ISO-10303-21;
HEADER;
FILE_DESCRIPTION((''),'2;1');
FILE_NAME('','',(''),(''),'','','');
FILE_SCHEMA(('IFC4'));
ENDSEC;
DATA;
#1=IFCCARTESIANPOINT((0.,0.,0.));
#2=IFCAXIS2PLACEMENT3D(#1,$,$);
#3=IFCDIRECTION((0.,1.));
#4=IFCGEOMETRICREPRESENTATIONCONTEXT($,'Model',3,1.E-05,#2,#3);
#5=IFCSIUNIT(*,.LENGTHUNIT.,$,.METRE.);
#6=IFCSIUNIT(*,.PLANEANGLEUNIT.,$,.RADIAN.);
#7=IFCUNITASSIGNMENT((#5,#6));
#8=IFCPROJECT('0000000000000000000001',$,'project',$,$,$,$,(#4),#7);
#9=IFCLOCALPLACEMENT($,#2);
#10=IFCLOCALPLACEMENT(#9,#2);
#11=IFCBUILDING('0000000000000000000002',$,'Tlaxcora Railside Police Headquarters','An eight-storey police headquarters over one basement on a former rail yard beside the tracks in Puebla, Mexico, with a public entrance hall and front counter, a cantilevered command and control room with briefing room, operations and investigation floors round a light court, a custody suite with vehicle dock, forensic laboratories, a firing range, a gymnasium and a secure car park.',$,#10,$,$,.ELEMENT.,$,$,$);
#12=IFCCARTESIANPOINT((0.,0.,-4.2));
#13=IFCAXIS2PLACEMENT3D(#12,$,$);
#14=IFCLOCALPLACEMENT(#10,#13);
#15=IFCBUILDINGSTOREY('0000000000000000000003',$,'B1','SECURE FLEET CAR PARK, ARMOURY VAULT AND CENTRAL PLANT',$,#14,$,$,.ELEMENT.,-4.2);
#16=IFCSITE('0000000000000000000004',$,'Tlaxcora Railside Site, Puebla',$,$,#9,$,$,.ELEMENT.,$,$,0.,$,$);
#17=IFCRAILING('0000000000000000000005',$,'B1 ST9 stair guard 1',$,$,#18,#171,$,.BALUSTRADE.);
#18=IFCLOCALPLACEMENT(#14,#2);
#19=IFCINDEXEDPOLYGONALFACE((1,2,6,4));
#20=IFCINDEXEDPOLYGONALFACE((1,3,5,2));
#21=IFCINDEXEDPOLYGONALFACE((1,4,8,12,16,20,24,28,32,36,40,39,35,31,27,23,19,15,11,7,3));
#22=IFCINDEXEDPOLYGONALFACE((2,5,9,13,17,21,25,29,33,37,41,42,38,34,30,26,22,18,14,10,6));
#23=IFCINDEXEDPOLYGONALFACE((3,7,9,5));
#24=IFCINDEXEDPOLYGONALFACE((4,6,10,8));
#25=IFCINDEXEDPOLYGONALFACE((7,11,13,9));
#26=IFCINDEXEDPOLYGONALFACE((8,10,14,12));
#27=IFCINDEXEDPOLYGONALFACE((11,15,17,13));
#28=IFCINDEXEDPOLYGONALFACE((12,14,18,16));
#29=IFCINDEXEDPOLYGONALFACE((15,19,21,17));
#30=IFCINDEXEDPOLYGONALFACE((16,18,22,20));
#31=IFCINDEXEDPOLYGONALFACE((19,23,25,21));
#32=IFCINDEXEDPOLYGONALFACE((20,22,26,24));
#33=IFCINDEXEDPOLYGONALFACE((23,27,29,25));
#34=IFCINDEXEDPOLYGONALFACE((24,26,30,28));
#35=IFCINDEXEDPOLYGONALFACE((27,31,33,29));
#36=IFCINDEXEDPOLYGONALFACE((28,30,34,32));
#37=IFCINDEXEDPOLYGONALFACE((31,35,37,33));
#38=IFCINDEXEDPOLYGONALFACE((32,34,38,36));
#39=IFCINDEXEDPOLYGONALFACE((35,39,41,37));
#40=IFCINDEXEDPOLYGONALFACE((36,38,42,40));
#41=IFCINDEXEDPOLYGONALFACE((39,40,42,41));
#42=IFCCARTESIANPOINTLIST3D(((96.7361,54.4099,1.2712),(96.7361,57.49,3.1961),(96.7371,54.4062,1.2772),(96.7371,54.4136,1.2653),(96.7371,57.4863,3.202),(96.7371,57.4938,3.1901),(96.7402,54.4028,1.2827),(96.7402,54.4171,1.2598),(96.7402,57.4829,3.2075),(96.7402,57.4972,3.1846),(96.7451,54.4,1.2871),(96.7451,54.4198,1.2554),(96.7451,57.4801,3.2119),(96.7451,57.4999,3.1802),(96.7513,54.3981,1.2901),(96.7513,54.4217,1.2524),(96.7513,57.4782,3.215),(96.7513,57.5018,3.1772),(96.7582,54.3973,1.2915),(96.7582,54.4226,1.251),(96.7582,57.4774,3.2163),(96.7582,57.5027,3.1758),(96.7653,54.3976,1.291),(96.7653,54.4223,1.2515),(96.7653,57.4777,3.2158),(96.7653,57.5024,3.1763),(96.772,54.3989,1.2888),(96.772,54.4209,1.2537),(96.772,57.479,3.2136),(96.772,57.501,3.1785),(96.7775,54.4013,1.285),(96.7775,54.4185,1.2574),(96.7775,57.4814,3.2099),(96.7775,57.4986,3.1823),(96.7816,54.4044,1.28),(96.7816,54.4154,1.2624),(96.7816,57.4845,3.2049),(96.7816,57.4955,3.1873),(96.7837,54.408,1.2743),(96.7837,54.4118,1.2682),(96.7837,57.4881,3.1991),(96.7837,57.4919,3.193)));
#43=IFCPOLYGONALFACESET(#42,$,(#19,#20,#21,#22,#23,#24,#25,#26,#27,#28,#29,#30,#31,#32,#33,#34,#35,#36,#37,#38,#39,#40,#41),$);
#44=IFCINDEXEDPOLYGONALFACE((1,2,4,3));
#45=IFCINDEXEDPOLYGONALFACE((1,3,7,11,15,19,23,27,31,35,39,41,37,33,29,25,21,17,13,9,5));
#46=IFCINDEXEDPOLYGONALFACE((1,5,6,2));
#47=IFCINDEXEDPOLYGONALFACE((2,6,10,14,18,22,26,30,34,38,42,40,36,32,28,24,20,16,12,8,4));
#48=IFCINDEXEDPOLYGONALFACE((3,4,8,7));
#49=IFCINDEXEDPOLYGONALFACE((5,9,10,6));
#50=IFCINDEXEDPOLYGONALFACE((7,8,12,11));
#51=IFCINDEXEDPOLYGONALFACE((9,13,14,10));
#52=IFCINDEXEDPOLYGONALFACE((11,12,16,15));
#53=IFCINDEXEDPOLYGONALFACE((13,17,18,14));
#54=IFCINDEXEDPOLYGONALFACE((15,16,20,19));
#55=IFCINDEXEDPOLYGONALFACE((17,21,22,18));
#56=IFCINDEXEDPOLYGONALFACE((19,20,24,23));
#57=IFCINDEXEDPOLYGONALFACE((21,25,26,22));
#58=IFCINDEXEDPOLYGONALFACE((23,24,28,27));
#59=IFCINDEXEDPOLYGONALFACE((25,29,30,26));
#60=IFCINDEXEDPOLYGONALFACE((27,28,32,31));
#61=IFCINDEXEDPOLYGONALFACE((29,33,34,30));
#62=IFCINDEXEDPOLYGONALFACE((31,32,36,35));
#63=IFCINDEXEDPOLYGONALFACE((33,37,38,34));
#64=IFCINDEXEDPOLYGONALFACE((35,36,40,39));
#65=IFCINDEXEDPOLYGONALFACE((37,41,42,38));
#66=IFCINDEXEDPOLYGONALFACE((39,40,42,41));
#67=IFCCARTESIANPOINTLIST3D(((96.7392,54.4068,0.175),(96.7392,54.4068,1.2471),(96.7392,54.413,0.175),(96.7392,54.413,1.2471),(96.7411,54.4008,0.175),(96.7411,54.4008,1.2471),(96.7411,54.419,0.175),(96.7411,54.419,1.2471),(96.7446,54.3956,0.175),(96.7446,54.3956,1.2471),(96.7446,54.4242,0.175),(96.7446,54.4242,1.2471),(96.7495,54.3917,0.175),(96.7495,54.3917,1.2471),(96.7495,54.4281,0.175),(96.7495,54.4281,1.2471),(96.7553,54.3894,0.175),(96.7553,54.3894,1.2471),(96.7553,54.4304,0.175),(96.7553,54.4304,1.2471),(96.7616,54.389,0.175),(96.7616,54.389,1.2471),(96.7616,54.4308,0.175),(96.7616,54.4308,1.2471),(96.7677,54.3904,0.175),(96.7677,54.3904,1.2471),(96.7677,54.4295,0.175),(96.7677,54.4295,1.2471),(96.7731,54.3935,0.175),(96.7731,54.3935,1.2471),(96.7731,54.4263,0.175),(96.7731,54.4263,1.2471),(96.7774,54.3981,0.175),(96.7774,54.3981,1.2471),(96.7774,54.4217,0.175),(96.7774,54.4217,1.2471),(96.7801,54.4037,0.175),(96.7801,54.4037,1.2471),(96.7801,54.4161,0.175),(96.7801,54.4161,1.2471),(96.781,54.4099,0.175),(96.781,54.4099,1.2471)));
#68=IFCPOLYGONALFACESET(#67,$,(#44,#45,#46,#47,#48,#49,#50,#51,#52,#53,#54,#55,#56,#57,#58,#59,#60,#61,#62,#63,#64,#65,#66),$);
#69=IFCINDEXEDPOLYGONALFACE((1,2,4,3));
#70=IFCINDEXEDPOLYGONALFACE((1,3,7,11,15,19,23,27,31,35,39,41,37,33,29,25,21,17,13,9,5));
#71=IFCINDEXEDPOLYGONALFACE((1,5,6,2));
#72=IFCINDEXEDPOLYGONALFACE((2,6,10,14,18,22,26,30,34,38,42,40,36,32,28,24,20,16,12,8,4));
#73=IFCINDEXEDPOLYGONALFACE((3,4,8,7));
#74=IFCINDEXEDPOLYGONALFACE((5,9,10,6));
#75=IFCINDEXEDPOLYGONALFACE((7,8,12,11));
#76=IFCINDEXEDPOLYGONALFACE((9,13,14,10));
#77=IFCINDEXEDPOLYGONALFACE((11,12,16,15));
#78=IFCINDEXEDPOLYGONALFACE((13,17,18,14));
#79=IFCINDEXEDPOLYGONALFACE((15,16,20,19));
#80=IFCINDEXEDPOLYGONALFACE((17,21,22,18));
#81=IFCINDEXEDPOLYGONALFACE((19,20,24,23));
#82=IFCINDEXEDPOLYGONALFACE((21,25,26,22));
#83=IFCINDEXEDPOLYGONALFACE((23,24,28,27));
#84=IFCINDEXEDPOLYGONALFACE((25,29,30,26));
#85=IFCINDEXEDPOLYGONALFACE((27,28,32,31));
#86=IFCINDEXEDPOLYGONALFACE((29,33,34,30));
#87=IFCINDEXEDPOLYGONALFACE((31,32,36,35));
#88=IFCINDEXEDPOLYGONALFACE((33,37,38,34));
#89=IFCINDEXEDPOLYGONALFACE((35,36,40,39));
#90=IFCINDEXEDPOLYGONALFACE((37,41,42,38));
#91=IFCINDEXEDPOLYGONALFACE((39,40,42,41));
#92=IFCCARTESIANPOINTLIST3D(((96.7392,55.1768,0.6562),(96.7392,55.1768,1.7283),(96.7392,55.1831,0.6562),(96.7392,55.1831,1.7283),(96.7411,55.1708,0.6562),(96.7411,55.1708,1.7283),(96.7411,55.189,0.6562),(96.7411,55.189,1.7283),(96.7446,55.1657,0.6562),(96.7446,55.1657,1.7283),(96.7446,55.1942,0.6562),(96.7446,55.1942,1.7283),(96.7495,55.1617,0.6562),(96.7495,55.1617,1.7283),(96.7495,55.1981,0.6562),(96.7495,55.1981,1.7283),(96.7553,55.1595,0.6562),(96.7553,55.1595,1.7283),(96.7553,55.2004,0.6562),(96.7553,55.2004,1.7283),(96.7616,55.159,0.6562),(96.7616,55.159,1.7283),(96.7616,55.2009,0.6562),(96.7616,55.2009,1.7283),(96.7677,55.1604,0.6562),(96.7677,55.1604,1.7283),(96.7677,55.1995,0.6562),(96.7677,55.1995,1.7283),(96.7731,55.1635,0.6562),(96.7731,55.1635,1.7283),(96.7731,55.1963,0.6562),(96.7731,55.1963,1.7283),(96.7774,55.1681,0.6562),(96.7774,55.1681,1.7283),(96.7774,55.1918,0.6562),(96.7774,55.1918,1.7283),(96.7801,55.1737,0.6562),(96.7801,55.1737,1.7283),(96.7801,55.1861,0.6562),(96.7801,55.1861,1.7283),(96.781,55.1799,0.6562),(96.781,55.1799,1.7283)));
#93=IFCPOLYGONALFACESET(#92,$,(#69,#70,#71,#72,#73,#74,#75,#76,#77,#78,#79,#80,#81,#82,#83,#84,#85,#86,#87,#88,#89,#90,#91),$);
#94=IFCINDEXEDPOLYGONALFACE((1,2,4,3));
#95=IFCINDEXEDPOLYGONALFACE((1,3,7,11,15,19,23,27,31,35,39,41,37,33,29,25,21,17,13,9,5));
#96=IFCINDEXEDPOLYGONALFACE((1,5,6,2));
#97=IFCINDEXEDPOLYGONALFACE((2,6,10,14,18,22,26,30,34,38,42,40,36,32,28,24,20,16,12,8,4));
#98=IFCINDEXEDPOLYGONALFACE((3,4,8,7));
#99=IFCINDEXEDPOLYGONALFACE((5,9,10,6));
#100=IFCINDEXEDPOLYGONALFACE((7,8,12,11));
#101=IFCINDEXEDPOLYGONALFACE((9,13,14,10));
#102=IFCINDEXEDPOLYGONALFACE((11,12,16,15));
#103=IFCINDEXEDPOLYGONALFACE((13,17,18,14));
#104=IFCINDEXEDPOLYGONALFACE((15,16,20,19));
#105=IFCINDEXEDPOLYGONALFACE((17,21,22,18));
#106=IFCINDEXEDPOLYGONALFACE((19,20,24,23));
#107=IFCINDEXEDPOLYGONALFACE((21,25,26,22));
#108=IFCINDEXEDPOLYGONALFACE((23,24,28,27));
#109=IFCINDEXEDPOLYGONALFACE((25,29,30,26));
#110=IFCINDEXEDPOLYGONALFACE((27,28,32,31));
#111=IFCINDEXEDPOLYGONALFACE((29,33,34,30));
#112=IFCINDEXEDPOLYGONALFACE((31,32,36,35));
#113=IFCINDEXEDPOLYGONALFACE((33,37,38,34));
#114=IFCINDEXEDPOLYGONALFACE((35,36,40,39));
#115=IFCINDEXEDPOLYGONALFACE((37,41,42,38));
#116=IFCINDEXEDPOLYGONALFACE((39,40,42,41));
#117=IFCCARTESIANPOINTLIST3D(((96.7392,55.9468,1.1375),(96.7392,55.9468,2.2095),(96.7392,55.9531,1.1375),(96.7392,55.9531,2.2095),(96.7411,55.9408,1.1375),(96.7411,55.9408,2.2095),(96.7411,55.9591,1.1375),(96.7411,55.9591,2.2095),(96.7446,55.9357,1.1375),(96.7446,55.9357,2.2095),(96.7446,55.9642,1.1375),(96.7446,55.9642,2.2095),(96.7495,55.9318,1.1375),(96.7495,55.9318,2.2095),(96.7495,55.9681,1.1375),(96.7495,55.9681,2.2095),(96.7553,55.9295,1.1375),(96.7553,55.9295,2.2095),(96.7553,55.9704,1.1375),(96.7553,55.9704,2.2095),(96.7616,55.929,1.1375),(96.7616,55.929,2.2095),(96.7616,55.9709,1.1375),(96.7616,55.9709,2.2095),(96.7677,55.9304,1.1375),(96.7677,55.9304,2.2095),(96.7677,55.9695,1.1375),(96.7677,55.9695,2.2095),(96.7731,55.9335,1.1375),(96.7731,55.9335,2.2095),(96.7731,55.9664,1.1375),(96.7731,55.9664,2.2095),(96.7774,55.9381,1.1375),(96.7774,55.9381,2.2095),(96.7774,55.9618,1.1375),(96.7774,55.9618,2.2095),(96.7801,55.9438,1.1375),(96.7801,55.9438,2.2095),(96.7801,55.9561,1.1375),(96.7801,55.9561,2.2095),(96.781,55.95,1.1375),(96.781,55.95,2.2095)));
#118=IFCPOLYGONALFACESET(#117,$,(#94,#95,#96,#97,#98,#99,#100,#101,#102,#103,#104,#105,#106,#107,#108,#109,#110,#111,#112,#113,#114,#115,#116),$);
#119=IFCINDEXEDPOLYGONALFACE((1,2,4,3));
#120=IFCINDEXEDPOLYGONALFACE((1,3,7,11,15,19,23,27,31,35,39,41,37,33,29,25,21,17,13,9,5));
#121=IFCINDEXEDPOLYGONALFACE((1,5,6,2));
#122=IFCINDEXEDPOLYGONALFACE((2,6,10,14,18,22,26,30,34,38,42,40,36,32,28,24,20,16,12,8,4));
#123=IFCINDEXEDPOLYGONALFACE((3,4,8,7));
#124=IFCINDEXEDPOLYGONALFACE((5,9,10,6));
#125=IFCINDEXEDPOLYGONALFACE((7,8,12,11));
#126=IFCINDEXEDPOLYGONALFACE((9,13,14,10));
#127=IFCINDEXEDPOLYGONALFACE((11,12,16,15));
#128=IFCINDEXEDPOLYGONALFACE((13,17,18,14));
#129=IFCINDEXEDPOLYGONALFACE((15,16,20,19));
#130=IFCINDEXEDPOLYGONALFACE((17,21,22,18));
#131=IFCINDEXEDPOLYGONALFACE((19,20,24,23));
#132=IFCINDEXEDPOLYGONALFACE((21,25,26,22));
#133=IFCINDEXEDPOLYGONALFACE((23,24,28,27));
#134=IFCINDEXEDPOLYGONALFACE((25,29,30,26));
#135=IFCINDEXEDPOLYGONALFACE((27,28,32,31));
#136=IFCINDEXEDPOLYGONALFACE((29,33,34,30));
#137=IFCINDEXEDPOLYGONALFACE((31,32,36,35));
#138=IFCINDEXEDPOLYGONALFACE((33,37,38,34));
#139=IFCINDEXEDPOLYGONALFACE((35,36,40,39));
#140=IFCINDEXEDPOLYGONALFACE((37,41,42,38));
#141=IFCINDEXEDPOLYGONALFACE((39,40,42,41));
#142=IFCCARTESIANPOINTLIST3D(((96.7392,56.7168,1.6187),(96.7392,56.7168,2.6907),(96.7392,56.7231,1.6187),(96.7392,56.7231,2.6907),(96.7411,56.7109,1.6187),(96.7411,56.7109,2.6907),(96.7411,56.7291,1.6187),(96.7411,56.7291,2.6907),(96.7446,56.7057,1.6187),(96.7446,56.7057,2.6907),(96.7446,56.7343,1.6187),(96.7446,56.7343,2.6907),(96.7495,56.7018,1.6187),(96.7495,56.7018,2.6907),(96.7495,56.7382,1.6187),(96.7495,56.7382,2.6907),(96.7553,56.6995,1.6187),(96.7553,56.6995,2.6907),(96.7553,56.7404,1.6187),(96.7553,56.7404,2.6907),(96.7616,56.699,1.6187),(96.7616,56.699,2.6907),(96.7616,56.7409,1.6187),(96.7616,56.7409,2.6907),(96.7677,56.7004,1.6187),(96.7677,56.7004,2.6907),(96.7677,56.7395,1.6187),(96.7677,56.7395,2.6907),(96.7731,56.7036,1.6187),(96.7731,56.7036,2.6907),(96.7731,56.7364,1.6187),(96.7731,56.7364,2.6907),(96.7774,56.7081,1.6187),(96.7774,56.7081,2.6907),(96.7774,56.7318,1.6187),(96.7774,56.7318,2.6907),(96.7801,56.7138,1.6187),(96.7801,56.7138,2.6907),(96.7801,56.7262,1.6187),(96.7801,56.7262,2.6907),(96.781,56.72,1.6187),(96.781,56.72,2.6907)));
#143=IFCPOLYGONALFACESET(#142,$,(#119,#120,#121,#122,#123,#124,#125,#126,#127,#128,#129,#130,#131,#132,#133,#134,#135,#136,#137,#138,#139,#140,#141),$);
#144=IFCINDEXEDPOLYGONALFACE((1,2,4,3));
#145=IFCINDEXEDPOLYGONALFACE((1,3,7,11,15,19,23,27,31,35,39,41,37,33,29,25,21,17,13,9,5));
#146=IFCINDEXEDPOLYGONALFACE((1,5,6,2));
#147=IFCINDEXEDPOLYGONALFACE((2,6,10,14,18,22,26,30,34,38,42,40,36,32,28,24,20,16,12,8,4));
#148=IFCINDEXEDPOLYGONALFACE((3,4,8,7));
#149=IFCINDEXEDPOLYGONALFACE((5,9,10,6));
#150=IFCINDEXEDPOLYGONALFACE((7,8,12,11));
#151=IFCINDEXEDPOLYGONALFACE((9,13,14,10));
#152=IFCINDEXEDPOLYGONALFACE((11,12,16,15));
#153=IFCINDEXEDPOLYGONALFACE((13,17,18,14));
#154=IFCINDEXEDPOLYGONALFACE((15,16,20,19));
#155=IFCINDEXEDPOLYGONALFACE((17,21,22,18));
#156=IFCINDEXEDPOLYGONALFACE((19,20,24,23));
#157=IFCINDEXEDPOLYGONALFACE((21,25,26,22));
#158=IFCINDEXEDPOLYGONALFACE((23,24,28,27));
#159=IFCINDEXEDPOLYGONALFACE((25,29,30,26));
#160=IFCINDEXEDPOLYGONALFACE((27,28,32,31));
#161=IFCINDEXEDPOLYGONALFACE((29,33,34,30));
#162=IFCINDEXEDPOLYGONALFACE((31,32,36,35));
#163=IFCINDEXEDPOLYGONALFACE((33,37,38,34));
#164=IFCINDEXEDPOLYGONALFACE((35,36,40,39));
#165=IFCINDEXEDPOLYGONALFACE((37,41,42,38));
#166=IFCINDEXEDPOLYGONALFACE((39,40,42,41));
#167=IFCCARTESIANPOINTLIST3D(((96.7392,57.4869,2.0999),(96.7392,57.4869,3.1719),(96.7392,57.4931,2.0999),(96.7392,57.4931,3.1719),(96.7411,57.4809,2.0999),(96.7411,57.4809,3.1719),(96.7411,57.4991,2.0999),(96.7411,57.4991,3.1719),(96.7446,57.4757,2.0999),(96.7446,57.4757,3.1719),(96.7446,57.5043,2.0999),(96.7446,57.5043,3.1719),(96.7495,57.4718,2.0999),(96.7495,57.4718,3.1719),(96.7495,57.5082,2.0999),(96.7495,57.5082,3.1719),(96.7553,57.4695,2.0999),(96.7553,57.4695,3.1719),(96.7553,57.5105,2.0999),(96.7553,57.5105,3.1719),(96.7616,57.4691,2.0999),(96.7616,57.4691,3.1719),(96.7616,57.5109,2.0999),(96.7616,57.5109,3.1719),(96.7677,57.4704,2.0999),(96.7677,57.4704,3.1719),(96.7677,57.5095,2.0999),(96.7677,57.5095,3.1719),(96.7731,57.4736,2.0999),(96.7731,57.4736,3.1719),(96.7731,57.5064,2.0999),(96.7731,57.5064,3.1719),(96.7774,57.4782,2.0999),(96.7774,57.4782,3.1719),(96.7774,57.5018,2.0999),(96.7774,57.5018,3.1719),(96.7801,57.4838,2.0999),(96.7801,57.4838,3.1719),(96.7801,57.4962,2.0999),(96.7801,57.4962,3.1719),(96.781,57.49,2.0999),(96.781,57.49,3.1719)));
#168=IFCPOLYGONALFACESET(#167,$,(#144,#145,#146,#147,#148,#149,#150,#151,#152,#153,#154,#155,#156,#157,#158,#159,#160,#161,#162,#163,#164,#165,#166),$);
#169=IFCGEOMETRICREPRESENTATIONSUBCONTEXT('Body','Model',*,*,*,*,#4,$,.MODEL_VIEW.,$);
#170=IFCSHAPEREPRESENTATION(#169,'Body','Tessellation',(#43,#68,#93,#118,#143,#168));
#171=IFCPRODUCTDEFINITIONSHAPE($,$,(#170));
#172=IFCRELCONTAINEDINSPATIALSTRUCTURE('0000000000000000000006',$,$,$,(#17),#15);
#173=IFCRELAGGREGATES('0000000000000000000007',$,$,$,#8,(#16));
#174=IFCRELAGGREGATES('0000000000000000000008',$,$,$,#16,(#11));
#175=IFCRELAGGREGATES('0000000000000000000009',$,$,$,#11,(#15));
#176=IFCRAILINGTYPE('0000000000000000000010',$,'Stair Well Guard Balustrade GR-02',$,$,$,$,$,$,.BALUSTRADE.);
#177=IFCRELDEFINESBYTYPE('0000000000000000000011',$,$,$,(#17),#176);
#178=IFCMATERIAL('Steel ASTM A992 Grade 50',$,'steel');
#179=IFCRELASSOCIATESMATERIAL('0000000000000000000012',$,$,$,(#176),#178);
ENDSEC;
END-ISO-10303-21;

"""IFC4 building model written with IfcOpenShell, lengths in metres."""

from ifc_helpers import new_model, si_unit, direction, frame, origin, origin_2d, place, context, subcontext, project, spatial, circle, extrude, material, type_object, element, save


model = new_model("IFC4")

# Units and contexts
model_context = context("Model", 3, precision=1e-05, world=origin(), true_north=direction((0.0, 1.0)))
body_context = subcontext(model_context, "Body", "Model", "MODEL_VIEW")
ifc_project = project(units=[si_unit("LENGTHUNIT", "METRE"), si_unit("PLANEANGLEUNIT", "RADIAN")], contexts=[model_context])

# Site, building, storey
site_placement = place(None, origin())
site = spatial("IfcSite", under=ifc_project, at=site_placement, Name="Tlaxcora Railside Site, Puebla", CompositionType="ELEMENT", RefElevation=0.0)
building_placement = place(site_placement, origin())
building = spatial("IfcBuilding", under=site, at=building_placement, Name="Tlaxcora Railside Police Headquarters", Description="An eight-storey police headquarters over one basement on a former rail yard beside the tracks in Puebla, Mexico, with a public entrance hall and front counter, a cantilevered command and control room with briefing room, operations and investigation floors round a light court, a custody suite with vehicle dock, forensic laboratories, a firing range, a gymnasium and a secure car park.", CompositionType="ELEMENT")
storey_placement = place(building_placement, frame((0.0, 0.0, -4.2)))
storey = spatial("IfcBuildingStorey", under=building, at=storey_placement, Name="B1", Description="SECURE FLEET CAR PARK, ARMOURY VAULT AND CENTRAL PLANT", CompositionType="ELEMENT", Elevation=-4.2)

# Shared definitions
ifc_material_1 = material(Name="Steel ASTM A992 Grade 50", Category="steel")

# Railing
railing_type_1 = type_object("IfcRailingType", Name="Stair Well Guard Balustrade GR-02", PredefinedType="BALUSTRADE", material=ifc_material_1)
railing_1_placement = place(storey_placement, frame((96.76, 54.4099, 0.175)))
element("IfcRailing", 1, at=railing_1_placement, inside=storey, type_object=railing_type_1, Name="B1 ST9 stair guard 1", PredefinedType="BALUSTRADE", context=body_context, shape_type="SweptSolid", body=[
    extrude(circle(Radius=0.0239, at=origin_2d()), frame((0.0, 0.0, 1.0962), z_axis=(0.0, 0.848029, 0.529951), x_axis=(-1.0, 0.0, 0.0)), (0.0, 0.0, 1.0), 3.6321),
    extrude(circle(Radius=0.021, at=origin_2d()), origin(), (0.0, 0.0, 1.0), 1.072),
    extrude(circle(Radius=0.021, at=origin_2d()), frame((0.0, 0.77, 0.4812)), (0.0, 0.0, 1.0), 1.072),
    extrude(circle(Radius=0.021, at=origin_2d()), frame((0.0, 1.54, 0.9624)), (0.0, 0.0, 1.0), 1.072),
    extrude(circle(Radius=0.021, at=origin_2d()), frame((0.0, 2.3101, 1.4436)), (0.0, 0.0, 1.0), 1.072),
    extrude(circle(Radius=0.021, at=origin_2d()), frame((0.0, 3.0801, 1.9248)), (0.0, 0.0, 1.0), 1.072),
])

save(model, "model.ifc")
